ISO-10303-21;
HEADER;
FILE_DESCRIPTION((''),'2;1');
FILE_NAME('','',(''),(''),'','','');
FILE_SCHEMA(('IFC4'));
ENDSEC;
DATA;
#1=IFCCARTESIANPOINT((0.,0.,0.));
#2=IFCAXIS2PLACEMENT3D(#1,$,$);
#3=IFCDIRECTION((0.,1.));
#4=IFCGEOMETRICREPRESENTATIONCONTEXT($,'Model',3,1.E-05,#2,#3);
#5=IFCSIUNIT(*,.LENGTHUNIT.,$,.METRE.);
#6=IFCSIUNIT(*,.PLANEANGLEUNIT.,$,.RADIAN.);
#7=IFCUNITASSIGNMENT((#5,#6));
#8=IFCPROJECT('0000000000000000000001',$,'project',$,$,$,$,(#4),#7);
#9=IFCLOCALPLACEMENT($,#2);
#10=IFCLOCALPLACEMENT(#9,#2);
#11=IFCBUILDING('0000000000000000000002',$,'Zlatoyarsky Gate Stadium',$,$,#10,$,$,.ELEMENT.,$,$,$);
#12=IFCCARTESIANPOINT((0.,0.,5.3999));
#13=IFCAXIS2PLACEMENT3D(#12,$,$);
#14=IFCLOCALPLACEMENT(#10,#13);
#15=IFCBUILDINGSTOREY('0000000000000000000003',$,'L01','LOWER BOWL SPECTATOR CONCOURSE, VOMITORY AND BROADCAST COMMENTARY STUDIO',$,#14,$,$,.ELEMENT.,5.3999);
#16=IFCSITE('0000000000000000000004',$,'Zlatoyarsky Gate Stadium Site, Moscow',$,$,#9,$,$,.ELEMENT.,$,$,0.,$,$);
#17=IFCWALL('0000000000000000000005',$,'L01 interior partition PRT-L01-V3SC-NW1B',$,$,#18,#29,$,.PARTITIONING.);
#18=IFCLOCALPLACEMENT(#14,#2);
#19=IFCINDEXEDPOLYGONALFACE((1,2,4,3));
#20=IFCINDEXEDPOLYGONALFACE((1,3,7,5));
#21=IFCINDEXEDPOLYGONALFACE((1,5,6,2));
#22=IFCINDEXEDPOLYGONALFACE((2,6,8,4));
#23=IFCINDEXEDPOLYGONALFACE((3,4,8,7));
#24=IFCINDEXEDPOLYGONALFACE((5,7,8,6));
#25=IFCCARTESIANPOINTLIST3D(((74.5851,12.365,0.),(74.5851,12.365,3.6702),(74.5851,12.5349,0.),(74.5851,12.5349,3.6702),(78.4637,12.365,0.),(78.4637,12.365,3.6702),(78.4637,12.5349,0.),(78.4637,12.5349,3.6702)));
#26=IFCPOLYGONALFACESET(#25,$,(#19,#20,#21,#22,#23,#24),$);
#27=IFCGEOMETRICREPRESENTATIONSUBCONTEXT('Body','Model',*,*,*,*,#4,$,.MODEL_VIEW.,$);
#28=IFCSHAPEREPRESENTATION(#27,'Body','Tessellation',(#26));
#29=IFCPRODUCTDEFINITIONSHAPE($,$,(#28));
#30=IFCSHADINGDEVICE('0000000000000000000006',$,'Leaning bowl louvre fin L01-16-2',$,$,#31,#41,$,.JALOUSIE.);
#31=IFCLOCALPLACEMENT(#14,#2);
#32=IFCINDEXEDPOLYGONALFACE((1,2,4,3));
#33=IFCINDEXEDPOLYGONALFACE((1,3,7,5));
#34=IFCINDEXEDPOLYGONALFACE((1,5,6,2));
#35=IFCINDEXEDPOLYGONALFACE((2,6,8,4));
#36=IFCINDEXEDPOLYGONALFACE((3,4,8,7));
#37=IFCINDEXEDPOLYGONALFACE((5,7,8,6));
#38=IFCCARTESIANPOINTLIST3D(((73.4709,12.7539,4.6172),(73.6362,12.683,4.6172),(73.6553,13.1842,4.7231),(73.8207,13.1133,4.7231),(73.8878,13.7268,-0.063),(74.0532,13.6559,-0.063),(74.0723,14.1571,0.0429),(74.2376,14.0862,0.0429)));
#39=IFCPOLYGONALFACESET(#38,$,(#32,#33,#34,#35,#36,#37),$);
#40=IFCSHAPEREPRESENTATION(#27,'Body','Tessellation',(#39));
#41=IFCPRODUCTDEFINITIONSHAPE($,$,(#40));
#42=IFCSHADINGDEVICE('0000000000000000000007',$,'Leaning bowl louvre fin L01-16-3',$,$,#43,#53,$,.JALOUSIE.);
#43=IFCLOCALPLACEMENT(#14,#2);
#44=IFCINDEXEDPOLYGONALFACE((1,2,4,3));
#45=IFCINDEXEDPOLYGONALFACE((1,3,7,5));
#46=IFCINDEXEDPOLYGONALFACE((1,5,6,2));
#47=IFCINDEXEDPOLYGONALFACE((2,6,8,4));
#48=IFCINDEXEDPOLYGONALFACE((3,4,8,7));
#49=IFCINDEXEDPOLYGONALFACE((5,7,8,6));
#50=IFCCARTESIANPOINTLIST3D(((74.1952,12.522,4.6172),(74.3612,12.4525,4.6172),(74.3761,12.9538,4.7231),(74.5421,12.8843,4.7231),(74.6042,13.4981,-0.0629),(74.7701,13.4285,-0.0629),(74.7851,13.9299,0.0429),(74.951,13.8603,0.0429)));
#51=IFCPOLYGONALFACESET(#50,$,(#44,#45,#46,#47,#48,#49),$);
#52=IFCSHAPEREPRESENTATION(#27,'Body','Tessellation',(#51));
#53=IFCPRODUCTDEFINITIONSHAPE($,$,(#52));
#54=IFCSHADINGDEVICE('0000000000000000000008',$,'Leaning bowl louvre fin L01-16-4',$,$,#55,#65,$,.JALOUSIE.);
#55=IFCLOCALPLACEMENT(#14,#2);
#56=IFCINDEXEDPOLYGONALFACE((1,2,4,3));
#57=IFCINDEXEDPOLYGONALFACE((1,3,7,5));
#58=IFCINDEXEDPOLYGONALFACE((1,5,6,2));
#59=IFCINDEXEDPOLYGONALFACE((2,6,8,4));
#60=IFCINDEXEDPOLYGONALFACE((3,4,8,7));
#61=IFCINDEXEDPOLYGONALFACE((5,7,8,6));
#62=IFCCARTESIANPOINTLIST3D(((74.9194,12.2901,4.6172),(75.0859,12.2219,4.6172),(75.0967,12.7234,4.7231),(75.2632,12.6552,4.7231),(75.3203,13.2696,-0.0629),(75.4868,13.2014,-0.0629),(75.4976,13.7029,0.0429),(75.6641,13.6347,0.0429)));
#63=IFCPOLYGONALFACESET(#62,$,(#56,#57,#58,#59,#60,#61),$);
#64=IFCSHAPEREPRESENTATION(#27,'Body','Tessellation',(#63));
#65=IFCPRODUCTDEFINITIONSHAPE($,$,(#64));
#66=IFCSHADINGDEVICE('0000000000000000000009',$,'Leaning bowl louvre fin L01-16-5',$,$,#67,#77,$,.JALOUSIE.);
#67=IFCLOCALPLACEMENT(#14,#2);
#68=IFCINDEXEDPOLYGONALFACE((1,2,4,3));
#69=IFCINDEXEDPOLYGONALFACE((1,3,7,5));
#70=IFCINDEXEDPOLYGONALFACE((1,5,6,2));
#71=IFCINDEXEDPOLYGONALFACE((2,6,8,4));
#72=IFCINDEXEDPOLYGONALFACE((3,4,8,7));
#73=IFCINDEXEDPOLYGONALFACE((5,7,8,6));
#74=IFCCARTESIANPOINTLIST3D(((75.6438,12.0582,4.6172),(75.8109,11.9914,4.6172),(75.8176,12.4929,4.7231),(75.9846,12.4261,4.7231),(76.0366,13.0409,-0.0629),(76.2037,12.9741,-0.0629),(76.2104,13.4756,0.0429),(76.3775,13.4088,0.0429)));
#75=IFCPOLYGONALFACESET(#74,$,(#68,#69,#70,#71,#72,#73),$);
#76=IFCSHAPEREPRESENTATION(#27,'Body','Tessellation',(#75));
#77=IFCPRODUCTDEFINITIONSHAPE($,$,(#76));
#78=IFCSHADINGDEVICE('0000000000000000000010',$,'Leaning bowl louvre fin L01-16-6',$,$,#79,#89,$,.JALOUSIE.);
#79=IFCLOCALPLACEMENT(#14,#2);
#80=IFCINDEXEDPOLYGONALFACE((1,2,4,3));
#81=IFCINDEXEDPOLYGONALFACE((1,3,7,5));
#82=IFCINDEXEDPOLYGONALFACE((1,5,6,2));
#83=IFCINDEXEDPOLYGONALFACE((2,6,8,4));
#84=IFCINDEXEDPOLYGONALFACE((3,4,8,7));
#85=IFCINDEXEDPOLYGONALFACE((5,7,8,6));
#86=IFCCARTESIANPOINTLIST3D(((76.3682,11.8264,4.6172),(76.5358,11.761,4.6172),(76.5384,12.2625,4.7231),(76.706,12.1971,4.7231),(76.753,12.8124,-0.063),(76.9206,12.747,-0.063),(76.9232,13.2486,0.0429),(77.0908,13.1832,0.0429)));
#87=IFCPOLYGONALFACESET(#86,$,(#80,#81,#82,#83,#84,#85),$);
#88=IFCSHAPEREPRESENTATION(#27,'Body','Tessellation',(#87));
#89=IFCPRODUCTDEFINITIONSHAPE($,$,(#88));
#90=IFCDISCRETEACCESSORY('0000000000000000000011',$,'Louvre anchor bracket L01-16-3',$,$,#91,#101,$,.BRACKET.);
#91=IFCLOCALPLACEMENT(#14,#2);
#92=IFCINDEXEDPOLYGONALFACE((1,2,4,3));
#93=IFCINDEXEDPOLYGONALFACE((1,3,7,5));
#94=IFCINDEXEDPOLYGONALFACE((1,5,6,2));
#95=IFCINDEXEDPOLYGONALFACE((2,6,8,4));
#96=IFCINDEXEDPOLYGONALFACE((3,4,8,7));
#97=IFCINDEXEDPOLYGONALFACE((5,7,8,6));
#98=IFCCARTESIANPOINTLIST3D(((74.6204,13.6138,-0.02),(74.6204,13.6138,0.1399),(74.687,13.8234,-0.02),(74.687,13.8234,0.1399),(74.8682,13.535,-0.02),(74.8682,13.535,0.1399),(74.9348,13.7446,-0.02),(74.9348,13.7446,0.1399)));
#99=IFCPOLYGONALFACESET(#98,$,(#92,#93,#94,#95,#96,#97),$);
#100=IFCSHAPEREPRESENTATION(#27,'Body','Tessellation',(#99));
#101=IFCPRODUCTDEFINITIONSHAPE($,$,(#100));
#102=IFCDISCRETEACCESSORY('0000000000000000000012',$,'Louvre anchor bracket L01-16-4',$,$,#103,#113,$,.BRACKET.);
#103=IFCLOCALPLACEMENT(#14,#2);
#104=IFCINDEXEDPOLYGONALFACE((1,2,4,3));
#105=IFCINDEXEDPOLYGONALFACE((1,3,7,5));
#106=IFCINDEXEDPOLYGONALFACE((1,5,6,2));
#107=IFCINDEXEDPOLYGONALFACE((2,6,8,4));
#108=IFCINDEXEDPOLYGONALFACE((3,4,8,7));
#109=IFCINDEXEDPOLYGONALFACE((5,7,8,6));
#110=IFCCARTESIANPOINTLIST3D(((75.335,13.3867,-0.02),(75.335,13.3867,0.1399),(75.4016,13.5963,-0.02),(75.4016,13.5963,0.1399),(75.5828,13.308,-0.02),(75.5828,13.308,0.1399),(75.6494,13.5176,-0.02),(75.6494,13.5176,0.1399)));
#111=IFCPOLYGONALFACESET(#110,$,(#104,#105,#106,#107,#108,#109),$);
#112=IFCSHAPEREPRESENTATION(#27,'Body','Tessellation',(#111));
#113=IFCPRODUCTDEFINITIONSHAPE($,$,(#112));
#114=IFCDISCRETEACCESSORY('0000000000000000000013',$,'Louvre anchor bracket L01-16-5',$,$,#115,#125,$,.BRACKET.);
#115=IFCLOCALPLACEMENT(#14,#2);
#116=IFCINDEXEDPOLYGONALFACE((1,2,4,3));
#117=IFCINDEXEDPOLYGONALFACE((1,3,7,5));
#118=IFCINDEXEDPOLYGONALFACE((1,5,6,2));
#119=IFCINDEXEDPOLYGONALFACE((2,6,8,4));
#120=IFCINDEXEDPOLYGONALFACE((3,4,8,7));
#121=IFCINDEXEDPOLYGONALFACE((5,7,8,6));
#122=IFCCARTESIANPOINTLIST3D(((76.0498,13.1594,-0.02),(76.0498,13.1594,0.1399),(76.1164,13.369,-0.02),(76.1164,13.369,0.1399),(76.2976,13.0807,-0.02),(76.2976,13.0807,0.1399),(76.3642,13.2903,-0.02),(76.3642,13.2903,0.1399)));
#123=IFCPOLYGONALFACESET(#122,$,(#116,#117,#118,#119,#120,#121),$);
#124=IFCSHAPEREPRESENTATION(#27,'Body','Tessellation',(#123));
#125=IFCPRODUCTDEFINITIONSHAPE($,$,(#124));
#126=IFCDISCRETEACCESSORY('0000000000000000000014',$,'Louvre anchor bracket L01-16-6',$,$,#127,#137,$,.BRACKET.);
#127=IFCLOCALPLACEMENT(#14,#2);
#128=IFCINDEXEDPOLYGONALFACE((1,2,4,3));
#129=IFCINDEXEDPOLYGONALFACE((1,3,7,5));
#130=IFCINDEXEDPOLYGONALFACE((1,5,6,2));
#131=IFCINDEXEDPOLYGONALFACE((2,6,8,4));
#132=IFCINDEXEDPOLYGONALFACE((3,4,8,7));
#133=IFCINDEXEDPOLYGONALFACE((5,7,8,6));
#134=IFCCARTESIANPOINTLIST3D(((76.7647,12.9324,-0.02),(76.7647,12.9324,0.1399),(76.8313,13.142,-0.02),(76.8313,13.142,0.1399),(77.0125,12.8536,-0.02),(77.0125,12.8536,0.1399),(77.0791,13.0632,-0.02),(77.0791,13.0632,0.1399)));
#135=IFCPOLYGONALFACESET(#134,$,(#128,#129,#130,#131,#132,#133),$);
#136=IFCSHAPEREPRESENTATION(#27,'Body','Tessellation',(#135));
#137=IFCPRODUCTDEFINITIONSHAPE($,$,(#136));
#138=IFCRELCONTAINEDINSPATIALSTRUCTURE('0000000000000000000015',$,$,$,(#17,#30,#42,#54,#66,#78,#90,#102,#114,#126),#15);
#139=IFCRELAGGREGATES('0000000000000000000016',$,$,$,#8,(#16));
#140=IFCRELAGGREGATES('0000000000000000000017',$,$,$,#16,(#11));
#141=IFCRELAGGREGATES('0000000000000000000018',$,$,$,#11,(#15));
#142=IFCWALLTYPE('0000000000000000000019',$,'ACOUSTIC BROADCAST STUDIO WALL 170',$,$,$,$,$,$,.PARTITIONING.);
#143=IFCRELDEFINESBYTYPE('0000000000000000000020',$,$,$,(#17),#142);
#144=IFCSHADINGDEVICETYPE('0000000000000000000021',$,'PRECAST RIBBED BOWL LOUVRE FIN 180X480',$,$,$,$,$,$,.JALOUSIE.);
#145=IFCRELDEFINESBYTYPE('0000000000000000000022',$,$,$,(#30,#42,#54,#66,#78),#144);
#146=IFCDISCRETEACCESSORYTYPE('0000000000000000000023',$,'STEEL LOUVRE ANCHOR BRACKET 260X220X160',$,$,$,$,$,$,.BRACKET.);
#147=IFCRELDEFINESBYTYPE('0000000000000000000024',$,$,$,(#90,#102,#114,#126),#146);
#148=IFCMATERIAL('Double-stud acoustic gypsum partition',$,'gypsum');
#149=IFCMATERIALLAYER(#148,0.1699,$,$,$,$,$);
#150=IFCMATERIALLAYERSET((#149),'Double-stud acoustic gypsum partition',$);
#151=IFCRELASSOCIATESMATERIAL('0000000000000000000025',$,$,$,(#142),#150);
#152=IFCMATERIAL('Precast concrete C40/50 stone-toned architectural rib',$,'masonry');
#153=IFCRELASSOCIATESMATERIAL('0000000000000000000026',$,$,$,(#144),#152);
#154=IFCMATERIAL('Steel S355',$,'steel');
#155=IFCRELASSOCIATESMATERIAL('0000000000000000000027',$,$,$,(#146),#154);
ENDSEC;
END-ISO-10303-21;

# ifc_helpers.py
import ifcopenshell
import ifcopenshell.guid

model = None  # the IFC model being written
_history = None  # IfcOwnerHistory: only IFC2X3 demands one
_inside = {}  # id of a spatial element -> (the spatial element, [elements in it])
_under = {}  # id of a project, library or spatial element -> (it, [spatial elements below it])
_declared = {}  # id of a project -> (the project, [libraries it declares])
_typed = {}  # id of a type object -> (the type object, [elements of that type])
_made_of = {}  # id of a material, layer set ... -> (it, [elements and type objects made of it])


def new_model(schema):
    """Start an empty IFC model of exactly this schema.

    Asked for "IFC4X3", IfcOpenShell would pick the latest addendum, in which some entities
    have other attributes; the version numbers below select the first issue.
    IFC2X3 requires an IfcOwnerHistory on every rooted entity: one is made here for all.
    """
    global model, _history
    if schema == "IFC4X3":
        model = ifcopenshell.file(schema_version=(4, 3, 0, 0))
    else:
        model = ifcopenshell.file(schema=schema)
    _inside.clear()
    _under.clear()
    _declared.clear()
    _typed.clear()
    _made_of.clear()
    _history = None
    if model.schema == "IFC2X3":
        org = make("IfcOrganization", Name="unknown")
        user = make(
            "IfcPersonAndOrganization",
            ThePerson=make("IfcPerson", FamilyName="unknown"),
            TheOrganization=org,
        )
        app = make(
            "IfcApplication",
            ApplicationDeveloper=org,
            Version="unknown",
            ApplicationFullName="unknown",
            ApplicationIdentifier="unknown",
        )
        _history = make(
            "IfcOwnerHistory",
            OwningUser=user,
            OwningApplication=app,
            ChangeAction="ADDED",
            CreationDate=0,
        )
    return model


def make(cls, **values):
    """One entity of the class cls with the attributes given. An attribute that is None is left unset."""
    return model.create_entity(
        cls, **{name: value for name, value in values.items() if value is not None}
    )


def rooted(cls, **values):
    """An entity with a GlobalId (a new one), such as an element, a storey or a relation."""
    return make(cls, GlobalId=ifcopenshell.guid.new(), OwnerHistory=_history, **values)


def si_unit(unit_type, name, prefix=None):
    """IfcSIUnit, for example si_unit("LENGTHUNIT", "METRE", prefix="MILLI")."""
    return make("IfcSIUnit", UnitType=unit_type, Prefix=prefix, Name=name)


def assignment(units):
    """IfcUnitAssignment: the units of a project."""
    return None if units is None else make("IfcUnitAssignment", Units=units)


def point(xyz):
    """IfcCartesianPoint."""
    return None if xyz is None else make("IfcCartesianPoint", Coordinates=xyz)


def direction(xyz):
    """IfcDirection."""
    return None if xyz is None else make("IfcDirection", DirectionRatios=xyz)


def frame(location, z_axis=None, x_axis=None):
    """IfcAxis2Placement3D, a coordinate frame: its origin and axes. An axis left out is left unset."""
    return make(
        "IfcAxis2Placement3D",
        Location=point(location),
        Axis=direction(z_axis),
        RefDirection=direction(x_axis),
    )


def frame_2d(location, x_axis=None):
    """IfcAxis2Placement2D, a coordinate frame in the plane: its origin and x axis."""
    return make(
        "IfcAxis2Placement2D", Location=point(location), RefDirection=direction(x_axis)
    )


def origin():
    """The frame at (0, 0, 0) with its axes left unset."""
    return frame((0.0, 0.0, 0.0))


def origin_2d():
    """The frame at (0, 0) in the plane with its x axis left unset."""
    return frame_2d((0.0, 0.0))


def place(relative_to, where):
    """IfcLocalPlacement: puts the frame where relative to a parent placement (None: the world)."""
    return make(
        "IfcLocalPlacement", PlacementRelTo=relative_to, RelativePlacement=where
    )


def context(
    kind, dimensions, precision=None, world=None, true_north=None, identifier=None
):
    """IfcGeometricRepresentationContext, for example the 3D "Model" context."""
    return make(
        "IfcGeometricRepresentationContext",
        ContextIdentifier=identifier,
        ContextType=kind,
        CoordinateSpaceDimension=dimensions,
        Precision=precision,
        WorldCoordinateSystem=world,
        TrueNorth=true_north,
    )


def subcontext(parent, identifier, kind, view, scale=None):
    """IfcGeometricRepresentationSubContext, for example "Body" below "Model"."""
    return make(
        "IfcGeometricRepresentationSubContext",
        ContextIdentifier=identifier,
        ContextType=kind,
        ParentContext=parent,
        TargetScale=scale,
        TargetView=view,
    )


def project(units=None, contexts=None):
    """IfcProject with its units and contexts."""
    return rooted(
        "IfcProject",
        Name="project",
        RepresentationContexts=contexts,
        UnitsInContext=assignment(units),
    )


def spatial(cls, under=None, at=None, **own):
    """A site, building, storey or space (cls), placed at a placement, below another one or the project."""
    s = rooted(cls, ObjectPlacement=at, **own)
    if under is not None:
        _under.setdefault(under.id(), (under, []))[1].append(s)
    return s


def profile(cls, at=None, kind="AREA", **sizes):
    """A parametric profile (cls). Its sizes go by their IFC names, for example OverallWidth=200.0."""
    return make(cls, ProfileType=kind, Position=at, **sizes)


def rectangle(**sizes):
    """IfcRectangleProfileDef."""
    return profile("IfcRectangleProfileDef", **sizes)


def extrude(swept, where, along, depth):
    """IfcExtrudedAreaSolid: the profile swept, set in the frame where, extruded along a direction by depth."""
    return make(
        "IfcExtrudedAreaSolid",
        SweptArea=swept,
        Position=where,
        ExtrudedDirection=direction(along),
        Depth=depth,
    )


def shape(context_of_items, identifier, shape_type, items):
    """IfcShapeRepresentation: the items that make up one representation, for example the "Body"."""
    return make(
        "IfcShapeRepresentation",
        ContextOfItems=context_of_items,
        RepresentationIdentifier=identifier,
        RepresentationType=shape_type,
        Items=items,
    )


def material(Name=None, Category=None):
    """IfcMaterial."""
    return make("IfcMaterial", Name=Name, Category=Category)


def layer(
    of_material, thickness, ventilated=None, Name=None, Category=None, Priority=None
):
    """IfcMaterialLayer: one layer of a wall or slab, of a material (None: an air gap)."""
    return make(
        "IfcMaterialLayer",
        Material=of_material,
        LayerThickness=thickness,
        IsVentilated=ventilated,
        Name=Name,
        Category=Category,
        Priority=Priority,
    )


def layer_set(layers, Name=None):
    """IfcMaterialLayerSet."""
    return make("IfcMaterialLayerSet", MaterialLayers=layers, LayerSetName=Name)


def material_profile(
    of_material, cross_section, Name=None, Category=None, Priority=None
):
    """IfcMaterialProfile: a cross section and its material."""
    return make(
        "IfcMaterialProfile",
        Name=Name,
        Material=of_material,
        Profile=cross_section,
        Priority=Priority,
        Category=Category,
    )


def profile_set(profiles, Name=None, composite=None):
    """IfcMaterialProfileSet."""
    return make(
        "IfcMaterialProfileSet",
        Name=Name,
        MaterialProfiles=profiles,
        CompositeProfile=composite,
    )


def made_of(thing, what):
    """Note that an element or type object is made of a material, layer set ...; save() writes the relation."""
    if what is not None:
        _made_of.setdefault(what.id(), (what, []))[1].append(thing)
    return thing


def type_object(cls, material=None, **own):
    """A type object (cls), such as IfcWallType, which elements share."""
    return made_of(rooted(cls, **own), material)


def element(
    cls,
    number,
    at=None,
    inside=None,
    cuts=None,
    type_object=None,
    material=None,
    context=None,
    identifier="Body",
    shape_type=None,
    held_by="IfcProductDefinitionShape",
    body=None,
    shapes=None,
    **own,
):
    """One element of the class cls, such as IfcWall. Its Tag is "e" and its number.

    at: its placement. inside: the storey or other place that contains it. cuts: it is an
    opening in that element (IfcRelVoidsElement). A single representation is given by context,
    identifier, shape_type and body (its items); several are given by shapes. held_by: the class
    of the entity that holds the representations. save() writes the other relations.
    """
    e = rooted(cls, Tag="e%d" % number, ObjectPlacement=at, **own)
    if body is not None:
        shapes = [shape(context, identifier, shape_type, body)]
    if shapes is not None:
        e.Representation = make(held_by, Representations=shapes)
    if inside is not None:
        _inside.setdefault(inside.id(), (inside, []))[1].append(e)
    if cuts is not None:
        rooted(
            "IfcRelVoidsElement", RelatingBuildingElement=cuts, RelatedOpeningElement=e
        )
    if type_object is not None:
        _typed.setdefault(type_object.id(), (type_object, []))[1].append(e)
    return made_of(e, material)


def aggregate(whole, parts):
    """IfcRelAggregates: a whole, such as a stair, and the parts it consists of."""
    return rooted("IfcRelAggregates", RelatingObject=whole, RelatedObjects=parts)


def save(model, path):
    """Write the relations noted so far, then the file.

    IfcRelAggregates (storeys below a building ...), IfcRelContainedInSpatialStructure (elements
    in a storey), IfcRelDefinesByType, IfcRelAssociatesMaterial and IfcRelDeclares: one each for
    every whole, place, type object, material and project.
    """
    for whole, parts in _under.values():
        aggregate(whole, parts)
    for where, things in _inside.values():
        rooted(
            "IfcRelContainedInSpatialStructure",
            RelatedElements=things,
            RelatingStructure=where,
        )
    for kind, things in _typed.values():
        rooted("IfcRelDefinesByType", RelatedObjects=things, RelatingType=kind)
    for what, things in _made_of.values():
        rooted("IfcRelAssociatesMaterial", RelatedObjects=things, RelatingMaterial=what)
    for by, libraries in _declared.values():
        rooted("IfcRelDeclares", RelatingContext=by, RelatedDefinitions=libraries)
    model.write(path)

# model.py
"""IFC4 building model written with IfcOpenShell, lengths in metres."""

from ifc_helpers import new_model, si_unit, direction, frame, frame_2d, origin, origin_2d, place, context, subcontext, project, spatial, rectangle, extrude, material, layer, layer_set, material_profile, profile_set, type_object, element, save


model = new_model("IFC4")

# Units and contexts
model_context = context("Model", 3, precision=1e-05, world=origin(), true_north=direction((0.0, 1.0)))
body_context = subcontext(model_context, "Body", "Model", "MODEL_VIEW")
ifc_project = project(units=[si_unit("LENGTHUNIT", "METRE"), si_unit("PLANEANGLEUNIT", "RADIAN")], contexts=[model_context])

# Site, building, storey
site_placement = place(None, origin())
site = spatial("IfcSite", under=ifc_project, at=site_placement, Name="Zlatoyarsky Gate Stadium Site, Moscow", CompositionType="ELEMENT", RefElevation=0.0)
building_placement = place(site_placement, origin())
building = spatial("IfcBuilding", under=site, at=building_placement, Name="Zlatoyarsky Gate Stadium", CompositionType="ELEMENT")
storey_placement = place(building_placement, frame((0.0, 0.0, 5.3999)))
storey = spatial("IfcBuildingStorey", under=building, at=storey_placement, Name="L01", Description="LOWER BOWL SPECTATOR CONCOURSE, VOMITORY AND BROADCAST COMMENTARY STUDIO", CompositionType="ELEMENT", Elevation=5.3999)

# Shared definitions
ifc_material_1 = material(Name="Steel S355", Category="steel")

# Wall
ifc_material_2 = material(Name="Double-stud acoustic gypsum partition", Category="gypsum")
ifc_layer_1 = layer(ifc_material_2, 0.1699)
ifc_layer_set_1 = layer_set([ifc_layer_1], Name="Double-stud acoustic gypsum partition")
wall_type = type_object("IfcWallType", Name="ACOUSTIC BROADCAST STUDIO WALL 170", PredefinedType="PARTITIONING", material=ifc_layer_set_1)
wall_placement = place(storey_placement, frame((74.585, 12.45, 0.0), z_axis=(0.0, 0.0, 1.0), x_axis=(1.0, 0.0, 0.0)))
element("IfcWall", 1, at=wall_placement, inside=storey, type_object=wall_type, Name="L01 interior partition PRT-L01-V3SC-NW1B", PredefinedType="PARTITIONING", context=body_context, shape_type="SweptSolid", body=[
    extrude(rectangle(XDim=3.8787, YDim=0.1699, at=frame_2d((1.9395, 0.0))), origin(), (0.0, 0.0, 1.0), 3.6702),
])

# Shading devices
ifc_material_3 = material(Name="Precast concrete C40/50 stone-toned architectural rib", Category="masonry")
ifc_material_profile_1 = material_profile(ifc_material_3, rectangle(XDim=0.1799, YDim=0.48, at=origin_2d()), Name="RIB 180X480")
ifc_profile_set_1 = profile_set([ifc_material_profile_1], Name="Precast concrete C40/50 stone-toned architectural rib")
shading_device_type = type_object("IfcShadingDeviceType", Name="PRECAST RIBBED BOWL LOUVRE FIN 180X480", PredefinedType="JALOUSIE", material=ifc_profile_set_1)
for number, where, z_axis, x_axis, name in (
    (2, (74.0627, 13.9065, -0.01), (-0.086903, -0.202756, 0.975366), (0.919133, -0.393947, 0.0), "Leaning bowl louvre fin L01-16-2"),
    (3, (74.7776, 13.6792, -0.01), (-0.085225, -0.203419, 0.975375), (0.922324, -0.386417, 0.0), "Leaning bowl louvre fin L01-16-3"),
    (4, (75.4922, 13.4521, -0.01), (-0.083545, -0.204131, 0.975372), (0.925488, -0.378777, 0.0), "Leaning bowl louvre fin L01-16-4"),
    (5, (76.207, 13.2249, -0.01), (-0.081866, -0.204793, 0.975376), (0.928556, -0.371192, 0.0), "Leaning bowl louvre fin L01-16-5"),
    (6, (76.9219, 12.9978, -0.01), (-0.080187, -0.205504, 0.975366), (0.931593, -0.363503, 0.0), "Leaning bowl louvre fin L01-16-6"),
):
    element("IfcShadingDevice", number, at=place(storey_placement, frame(where, z_axis=z_axis, x_axis=x_axis)), inside=storey, type_object=shading_device_type, Name=name, PredefinedType="JALOUSIE", context=body_context, shape_type="SweptSolid", body=[
        extrude(rectangle(XDim=0.1799, YDim=0.48, at=origin_2d()), origin(), (0.0, 0.0, 1.0), 4.7983),
    ])

# Discrete accessories
discrete_accessory_type = type_object("IfcDiscreteAccessoryType", Name="STEEL LOUVRE ANCHOR BRACKET 260X220X160", PredefinedType="BRACKET", material=ifc_material_1)
for number, where, z_axis, x_axis, name in (
    (7, (74.7776, 13.6792, -0.02), (0.0, 0.0, 1.0), (0.953027, -0.302886, 0.0), "Louvre anchor bracket L01-16-3"),
    (8, (75.4922, 13.4521, -0.02), (0.0, 0.0, 1.0), (0.953027, -0.302886, 0.0), "Louvre anchor bracket L01-16-4"),
    (9, (76.207, 13.2249, -0.02), (0.0, 0.0, 1.0), (0.953027, -0.302886, 0.0), "Louvre anchor bracket L01-16-5"),
    (10, (76.9219, 12.9978, -0.02), (0.0, 0.0, 1.0), (0.953027, -0.302886, 0.0), "Louvre anchor bracket L01-16-6"),
):
    element("IfcDiscreteAccessory", number, at=place(storey_placement, frame(where, z_axis=z_axis, x_axis=x_axis)), inside=storey, type_object=discrete_accessory_type, Name=name, PredefinedType="BRACKET", context=body_context, shape_type="SweptSolid", body=[
        extrude(rectangle(XDim=0.26, YDim=0.22, at=origin_2d()), origin(), (0.0, 0.0, 1.0), 0.1599),
    ])

save(model, "model.ifc")
